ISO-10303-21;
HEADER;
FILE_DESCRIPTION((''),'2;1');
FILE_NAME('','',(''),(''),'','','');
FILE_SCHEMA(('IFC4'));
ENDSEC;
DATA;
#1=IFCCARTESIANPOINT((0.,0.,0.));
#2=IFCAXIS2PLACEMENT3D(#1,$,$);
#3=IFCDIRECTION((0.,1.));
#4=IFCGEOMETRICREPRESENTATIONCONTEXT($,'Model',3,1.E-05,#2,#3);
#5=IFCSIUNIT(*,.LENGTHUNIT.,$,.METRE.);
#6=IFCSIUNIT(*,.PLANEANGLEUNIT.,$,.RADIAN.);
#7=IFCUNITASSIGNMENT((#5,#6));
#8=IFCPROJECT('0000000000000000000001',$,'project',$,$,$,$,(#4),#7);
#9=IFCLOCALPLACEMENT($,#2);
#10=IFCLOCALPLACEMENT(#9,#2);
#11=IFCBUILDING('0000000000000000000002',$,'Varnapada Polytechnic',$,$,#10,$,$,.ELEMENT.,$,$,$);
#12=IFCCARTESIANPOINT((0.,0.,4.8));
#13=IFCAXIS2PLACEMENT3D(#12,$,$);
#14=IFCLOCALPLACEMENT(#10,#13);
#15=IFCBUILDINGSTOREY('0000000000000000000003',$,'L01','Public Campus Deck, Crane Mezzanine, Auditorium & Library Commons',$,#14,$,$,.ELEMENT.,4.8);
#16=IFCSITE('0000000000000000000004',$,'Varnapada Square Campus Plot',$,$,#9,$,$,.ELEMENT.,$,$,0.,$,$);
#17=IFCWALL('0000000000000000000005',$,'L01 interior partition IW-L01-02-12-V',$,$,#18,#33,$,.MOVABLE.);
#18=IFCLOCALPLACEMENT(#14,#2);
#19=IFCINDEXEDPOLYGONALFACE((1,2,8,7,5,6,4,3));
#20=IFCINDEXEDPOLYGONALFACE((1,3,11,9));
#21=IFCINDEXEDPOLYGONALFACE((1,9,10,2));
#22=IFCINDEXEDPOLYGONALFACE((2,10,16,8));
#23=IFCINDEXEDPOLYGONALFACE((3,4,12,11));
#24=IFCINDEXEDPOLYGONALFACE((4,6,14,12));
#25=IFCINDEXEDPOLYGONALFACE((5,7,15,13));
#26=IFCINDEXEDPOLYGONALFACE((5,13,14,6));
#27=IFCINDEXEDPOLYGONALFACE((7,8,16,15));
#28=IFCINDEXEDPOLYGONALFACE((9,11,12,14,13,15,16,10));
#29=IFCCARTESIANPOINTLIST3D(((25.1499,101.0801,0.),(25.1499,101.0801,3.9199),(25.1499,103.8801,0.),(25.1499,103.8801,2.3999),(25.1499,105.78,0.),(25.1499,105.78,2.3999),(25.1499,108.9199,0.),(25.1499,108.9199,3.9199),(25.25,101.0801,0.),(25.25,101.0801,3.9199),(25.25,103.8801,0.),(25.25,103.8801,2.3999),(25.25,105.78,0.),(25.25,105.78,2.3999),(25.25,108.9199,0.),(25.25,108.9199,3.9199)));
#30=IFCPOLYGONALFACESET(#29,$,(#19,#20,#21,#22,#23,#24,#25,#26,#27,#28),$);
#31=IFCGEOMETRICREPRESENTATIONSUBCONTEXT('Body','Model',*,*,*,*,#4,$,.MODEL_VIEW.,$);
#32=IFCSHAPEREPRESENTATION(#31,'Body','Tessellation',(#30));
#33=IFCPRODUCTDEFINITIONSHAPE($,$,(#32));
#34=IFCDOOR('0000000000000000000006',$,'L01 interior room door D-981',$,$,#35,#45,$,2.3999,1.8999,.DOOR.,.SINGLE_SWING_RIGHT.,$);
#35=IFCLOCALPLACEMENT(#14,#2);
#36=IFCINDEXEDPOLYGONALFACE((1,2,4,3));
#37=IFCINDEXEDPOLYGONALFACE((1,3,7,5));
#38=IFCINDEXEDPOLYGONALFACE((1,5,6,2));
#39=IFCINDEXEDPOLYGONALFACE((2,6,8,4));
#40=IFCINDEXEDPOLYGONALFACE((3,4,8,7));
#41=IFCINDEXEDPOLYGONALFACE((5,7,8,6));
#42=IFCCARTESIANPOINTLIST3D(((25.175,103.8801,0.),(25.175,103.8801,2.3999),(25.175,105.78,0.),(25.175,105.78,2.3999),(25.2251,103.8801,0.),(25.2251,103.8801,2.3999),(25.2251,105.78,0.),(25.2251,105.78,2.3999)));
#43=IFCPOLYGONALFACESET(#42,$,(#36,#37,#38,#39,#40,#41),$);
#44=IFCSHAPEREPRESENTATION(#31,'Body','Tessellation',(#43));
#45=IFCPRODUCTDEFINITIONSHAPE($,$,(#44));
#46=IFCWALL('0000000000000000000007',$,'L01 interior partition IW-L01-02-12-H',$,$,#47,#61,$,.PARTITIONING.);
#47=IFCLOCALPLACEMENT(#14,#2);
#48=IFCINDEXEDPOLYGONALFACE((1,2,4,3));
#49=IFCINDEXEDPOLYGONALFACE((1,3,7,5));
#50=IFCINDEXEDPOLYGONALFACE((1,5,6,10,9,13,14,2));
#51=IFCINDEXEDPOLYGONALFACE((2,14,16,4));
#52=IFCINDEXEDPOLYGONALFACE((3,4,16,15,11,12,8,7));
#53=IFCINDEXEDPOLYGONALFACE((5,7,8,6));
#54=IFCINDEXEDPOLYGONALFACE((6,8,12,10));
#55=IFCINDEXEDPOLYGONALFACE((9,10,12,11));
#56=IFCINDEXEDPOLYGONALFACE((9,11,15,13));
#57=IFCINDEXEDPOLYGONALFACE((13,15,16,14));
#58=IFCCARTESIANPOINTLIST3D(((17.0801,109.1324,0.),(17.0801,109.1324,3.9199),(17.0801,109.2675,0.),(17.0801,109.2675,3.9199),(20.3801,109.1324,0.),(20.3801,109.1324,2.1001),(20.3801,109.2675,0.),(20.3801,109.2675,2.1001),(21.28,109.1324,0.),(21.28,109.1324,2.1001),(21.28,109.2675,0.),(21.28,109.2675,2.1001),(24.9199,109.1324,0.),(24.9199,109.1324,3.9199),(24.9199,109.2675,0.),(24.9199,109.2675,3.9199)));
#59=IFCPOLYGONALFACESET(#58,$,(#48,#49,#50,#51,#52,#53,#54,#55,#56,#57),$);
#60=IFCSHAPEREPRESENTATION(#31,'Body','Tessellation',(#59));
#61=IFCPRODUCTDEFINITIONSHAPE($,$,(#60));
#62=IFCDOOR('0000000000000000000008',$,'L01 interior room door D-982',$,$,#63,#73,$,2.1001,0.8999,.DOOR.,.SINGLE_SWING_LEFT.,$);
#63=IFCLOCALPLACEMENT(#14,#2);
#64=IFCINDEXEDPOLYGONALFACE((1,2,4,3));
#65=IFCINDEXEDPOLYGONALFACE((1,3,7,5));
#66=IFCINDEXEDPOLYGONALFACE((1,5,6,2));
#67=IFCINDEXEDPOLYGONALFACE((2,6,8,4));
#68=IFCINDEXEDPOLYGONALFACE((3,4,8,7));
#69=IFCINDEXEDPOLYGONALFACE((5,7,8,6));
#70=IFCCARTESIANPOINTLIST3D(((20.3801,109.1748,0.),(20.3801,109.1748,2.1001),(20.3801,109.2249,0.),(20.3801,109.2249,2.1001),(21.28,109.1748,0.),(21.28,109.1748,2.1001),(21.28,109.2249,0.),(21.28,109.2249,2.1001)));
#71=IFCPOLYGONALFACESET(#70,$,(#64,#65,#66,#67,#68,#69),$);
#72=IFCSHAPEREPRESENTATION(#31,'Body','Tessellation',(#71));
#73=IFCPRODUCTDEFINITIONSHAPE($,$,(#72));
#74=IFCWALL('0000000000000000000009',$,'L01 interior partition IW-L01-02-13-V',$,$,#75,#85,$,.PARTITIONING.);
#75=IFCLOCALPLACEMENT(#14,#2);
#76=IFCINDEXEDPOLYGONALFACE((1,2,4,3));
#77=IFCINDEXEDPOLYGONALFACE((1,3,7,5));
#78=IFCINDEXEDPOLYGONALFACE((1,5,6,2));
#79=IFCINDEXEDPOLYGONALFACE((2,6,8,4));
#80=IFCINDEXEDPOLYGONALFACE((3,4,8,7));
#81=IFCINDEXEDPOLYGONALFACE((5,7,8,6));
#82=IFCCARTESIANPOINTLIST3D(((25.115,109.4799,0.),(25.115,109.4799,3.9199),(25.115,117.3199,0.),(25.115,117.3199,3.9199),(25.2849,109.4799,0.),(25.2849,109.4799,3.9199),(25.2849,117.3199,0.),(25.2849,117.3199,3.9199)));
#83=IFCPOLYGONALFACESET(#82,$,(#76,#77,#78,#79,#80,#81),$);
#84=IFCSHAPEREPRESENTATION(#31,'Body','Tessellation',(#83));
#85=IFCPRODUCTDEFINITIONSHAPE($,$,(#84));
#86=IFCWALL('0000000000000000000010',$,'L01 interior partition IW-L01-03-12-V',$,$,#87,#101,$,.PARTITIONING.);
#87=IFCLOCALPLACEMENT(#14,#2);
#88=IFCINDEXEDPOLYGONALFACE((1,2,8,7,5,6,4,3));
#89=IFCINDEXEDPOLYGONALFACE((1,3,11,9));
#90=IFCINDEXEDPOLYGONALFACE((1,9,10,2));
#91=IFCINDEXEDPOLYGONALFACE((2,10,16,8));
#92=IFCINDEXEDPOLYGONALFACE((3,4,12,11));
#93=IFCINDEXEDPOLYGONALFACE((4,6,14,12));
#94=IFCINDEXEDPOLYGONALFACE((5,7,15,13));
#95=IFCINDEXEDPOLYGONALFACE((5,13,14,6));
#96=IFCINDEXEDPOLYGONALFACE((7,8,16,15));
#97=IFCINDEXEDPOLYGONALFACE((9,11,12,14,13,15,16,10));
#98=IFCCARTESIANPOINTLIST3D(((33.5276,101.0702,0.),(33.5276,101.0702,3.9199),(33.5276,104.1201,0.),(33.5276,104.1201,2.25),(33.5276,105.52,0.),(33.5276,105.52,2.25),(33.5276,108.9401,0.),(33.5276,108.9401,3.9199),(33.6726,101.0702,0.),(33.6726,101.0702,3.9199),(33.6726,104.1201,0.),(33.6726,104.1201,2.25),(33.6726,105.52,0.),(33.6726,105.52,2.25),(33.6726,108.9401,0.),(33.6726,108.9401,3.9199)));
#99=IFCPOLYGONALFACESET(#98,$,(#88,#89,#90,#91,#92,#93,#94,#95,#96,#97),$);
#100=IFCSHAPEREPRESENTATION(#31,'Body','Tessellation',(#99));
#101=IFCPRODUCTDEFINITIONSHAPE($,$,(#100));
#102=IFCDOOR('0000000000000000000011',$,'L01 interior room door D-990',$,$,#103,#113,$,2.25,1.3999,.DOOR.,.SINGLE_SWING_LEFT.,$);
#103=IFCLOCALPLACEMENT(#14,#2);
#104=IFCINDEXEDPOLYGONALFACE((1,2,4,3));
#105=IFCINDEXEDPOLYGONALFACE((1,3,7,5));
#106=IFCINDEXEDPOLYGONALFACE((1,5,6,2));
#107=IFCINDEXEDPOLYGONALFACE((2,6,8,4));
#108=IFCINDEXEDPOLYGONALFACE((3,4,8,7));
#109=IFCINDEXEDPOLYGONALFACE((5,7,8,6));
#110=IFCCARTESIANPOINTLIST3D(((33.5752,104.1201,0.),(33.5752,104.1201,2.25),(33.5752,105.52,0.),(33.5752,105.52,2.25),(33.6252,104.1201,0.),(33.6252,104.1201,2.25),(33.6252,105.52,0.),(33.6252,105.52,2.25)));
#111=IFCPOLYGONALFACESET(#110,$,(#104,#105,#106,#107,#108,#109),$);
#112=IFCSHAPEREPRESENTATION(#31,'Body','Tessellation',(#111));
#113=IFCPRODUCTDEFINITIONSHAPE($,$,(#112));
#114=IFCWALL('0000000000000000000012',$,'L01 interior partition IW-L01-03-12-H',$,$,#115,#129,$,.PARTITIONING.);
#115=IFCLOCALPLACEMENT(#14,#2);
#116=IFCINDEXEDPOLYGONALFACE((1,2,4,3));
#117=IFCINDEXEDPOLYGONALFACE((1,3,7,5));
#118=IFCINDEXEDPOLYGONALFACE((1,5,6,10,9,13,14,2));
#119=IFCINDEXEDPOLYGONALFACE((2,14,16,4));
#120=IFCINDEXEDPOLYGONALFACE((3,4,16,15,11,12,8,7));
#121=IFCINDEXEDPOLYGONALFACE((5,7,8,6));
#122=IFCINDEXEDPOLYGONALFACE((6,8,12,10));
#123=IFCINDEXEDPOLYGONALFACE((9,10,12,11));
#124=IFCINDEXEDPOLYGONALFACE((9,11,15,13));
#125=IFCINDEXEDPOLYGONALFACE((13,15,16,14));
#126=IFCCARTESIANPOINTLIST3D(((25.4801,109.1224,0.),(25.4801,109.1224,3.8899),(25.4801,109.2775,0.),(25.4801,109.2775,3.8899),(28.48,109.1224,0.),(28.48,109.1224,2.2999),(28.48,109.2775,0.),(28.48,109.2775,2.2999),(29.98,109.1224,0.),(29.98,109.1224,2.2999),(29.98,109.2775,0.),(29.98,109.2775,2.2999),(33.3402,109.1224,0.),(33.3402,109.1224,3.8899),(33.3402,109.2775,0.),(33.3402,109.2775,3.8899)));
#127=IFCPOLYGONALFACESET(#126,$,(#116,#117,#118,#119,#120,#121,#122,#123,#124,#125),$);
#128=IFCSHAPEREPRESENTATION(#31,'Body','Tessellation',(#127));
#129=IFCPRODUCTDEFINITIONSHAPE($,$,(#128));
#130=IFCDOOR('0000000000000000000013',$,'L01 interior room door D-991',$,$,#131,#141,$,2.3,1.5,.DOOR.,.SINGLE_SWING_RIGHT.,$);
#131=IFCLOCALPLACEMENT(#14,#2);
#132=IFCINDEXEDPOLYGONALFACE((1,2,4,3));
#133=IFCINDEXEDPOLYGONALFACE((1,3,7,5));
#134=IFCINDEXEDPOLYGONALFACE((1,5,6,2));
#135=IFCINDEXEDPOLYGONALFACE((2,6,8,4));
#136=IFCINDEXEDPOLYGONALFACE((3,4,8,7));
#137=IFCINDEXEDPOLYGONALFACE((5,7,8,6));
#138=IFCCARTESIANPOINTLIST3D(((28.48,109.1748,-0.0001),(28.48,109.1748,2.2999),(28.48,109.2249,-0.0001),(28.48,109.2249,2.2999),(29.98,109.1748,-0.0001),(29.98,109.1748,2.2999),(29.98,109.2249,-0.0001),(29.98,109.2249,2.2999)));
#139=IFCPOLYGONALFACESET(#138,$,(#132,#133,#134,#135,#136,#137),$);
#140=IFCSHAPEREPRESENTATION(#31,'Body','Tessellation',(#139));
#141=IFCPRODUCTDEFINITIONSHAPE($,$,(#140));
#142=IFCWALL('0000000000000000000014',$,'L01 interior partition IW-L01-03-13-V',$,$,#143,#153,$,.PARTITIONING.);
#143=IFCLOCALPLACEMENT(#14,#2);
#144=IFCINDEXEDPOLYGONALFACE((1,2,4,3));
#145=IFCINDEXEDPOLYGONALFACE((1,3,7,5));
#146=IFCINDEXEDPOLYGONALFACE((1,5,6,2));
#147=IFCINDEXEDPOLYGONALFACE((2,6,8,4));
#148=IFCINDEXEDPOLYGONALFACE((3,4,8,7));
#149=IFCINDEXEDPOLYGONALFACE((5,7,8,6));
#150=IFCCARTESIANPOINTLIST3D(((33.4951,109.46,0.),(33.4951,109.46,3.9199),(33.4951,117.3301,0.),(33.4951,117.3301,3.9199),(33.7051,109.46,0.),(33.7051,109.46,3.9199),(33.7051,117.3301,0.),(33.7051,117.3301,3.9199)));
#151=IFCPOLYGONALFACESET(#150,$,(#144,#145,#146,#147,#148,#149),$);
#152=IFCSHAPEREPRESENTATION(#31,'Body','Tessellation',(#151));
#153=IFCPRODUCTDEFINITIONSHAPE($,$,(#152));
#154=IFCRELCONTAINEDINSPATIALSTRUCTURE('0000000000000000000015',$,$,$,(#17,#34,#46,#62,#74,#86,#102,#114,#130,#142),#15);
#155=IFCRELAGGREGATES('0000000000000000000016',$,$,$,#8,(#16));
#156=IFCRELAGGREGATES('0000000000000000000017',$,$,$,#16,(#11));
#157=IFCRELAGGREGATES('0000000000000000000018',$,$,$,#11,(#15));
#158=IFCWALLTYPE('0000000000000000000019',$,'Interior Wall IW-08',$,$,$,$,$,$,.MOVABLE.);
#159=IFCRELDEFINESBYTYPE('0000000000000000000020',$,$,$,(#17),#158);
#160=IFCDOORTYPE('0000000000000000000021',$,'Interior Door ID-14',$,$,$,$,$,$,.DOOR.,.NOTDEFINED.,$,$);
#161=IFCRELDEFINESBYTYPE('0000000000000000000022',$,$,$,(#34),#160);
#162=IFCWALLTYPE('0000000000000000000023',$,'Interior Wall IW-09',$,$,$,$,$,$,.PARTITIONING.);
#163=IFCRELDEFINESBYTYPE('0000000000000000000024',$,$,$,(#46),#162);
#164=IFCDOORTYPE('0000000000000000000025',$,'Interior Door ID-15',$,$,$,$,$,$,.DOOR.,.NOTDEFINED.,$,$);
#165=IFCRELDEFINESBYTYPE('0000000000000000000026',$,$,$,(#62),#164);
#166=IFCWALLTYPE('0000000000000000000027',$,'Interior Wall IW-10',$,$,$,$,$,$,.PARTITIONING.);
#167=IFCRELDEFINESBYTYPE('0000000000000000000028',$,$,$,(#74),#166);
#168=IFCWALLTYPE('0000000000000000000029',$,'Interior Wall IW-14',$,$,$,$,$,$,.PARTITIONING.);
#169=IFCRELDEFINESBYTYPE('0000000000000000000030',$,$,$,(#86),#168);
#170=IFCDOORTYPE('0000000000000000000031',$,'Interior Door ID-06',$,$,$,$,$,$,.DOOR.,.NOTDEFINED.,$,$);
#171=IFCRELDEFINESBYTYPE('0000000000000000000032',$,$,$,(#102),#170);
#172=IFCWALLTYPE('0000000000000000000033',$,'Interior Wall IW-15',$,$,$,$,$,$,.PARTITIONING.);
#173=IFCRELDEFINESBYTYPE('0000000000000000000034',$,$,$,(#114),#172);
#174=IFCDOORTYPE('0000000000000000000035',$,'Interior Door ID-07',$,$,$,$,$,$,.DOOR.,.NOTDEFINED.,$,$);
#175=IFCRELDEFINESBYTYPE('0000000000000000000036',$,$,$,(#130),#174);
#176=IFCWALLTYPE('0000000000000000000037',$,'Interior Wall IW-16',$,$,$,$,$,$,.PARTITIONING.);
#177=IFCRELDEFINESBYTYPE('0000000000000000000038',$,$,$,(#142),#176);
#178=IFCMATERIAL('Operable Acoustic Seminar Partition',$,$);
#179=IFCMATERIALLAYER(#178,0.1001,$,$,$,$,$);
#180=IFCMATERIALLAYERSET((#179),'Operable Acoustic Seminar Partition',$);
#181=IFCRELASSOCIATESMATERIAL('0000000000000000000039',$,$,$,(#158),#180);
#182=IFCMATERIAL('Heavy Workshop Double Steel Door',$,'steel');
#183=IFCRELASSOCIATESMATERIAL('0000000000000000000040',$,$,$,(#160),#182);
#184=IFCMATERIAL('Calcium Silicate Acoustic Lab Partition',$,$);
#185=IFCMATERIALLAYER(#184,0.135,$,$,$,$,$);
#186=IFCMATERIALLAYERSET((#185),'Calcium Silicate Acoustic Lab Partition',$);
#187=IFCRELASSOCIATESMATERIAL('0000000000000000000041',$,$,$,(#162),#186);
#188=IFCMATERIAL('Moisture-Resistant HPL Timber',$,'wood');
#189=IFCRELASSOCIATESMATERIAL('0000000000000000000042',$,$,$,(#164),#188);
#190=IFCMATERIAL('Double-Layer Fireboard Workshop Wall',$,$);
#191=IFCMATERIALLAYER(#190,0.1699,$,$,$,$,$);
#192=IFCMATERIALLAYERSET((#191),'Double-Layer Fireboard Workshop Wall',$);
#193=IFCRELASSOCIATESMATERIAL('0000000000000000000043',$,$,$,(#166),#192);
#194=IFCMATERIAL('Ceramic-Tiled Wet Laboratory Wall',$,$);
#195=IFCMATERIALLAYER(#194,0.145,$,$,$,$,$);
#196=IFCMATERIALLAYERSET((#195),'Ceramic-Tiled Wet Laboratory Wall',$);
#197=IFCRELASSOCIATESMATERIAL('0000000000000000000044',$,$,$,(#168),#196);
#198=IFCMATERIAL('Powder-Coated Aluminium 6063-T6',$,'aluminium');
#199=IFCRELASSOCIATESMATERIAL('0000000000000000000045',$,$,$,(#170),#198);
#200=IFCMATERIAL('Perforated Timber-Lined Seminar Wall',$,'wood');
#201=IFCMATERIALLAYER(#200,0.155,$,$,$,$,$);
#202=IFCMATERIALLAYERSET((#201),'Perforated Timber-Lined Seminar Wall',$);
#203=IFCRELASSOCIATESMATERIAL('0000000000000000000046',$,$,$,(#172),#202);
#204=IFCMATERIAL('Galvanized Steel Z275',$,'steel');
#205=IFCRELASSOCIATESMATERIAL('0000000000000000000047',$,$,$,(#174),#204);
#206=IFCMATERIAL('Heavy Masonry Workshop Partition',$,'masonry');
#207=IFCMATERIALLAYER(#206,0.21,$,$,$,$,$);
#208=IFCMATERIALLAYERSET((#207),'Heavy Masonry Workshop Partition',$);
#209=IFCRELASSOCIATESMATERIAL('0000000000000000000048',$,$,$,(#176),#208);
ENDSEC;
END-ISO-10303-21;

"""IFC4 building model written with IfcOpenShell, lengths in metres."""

from ifc_helpers import new_model, si_unit, direction, frame, frame_2d, origin, place, context, subcontext, project, spatial, rectangle, extrude, material, layer, layer_set, type_object, element, fill, save


model = new_model("IFC4")

# Units and contexts
model_context = context("Model", 3, precision=1e-05, world=origin(), true_north=direction((0.0, 1.0)))
body_context = subcontext(model_context, "Body", "Model", "MODEL_VIEW")
ifc_project = project(units=[si_unit("LENGTHUNIT", "METRE"), si_unit("PLANEANGLEUNIT", "RADIAN")], contexts=[model_context])

# Site, building, storey
site_placement = place(None, origin())
site = spatial("IfcSite", under=ifc_project, at=site_placement, Name="Varnapada Square Campus Plot", CompositionType="ELEMENT", RefElevation=0.0)
building_placement = place(site_placement, origin())
building = spatial("IfcBuilding", under=site, at=building_placement, Name="Varnapada Polytechnic", CompositionType="ELEMENT")
storey_placement = place(building_placement, frame((0.0, 0.0, 4.8)))
storey = spatial("IfcBuildingStorey", under=building, at=storey_placement, Name="L01", Description="Public Campus Deck, Crane Mezzanine, Auditorium & Library Commons", CompositionType="ELEMENT", Elevation=4.8)

# Walls, openings, doors
ifc_material_1 = material(Name="Operable Acoustic Seminar Partition")
ifc_layer_1 = layer(ifc_material_1, 0.1001)
ifc_layer_set_1 = layer_set([ifc_layer_1], Name="Operable Acoustic Seminar Partition")
wall_type_1 = type_object("IfcWallType", Name="Interior Wall IW-08", PredefinedType="MOVABLE", material=ifc_layer_set_1)
wall_1_placement = place(storey_placement, frame((25.2, 101.0801, 0.0), z_axis=(0.0, 0.0, 1.0), x_axis=(0.0, 1.0, 0.0)))
wall_1 = element("IfcWall", 1, at=wall_1_placement, inside=storey, type_object=wall_type_1, Name="L01 interior partition IW-L01-02-12-V", PredefinedType="MOVABLE", context=body_context, shape_type="SweptSolid", body=[
    extrude(rectangle(XDim=7.8398, YDim=0.1001, at=frame_2d((3.9199, 0.0))), origin(), (0.0, 0.0, 1.0), 3.9199),
])
opening_1_placement = place(wall_1_placement, frame((2.8, 0.0, 0.0)))
opening_1 = element("IfcOpeningElement", 2, at=opening_1_placement, cuts=wall_1, PredefinedType="OPENING", context=body_context, shape_type="SweptSolid", body=[
    extrude(rectangle(XDim=1.8999, YDim=2.3999, at=frame_2d((0.95, 1.2))), frame((0.0, 0.0601, 0.0), z_axis=(0.0, -1.0, 0.0), x_axis=(1.0, 0.0, 0.0)), (0.0, 0.0, 1.0), 0.1201),
])
ifc_material_2 = material(Name="Heavy Workshop Double Steel Door", Category="steel")
door_type_1 = type_object("IfcDoorType", Name="Interior Door ID-14", OperationType="NOTDEFINED", PredefinedType="DOOR", material=ifc_material_2)
door_1_placement = place(opening_1_placement, origin())
door_1 = element("IfcDoor", 3, at=door_1_placement, inside=storey, type_object=door_type_1, Name="L01 interior room door D-981", OperationType="SINGLE_SWING_RIGHT", OverallHeight=2.3999, OverallWidth=1.8999, PredefinedType="DOOR", context=body_context, shape_type="SweptSolid", body=[
    extrude(rectangle(XDim=1.8999, YDim=2.3999, at=frame_2d((0.95, 1.2))), frame((0.0, 0.0249, 0.0), z_axis=(0.0, -1.0, 0.0), x_axis=(1.0, 0.0, 0.0)), (0.0, 0.0, 1.0), 0.05),
])
fill(opening_1, door_1)
ifc_material_3 = material(Name="Calcium Silicate Acoustic Lab Partition")
ifc_layer_2 = layer(ifc_material_3, 0.135)
ifc_layer_set_2 = layer_set([ifc_layer_2], Name="Calcium Silicate Acoustic Lab Partition")
wall_type_2 = type_object("IfcWallType", Name="Interior Wall IW-09", PredefinedType="PARTITIONING", material=ifc_layer_set_2)
wall_2_placement = place(storey_placement, frame((17.0801, 109.2, 0.0), z_axis=(0.0, 0.0, 1.0), x_axis=(1.0, 0.0, 0.0)))
wall_2 = element("IfcWall", 4, at=wall_2_placement, inside=storey, type_object=wall_type_2, Name="L01 interior partition IW-L01-02-12-H", PredefinedType="PARTITIONING", context=body_context, shape_type="SweptSolid", body=[
    extrude(rectangle(XDim=7.8398, YDim=0.135, at=frame_2d((3.9199, 0.0))), origin(), (0.0, 0.0, 1.0), 3.9199),
])
opening_2_placement = place(wall_2_placement, frame((3.3, 0.0, 0.0)))
opening_2 = element("IfcOpeningElement", 5, at=opening_2_placement, cuts=wall_2, PredefinedType="OPENING", context=body_context, shape_type="SweptSolid", body=[
    extrude(rectangle(XDim=0.8999, YDim=2.1001, at=frame_2d((0.45, 1.05))), frame((0.0, 0.0774, 0.0), z_axis=(0.0, -1.0, 0.0), x_axis=(1.0, 0.0, 0.0)), (0.0, 0.0, 1.0), 0.155),
])
ifc_material_4 = material(Name="Moisture-Resistant HPL Timber", Category="wood")
door_type_2 = type_object("IfcDoorType", Name="Interior Door ID-15", OperationType="NOTDEFINED", PredefinedType="DOOR", material=ifc_material_4)
door_2_placement = place(opening_2_placement, origin())
door_2 = element("IfcDoor", 6, at=door_2_placement, inside=storey, type_object=door_type_2, Name="L01 interior room door D-982", OperationType="SINGLE_SWING_LEFT", OverallHeight=2.1001, OverallWidth=0.8999, PredefinedType="DOOR", context=body_context, shape_type="SweptSolid", body=[
    extrude(rectangle(XDim=0.8999, YDim=2.1001, at=frame_2d((0.45, 1.05))), frame((0.0, 0.0249, 0.0), z_axis=(0.0, -1.0, 0.0), x_axis=(1.0, 0.0, 0.0)), (0.0, 0.0, 1.0), 0.05),
])
fill(opening_2, door_2)

# Wall
ifc_material_5 = material(Name="Double-Layer Fireboard Workshop Wall")
ifc_layer_3 = layer(ifc_material_5, 0.1699)
ifc_layer_set_3 = layer_set([ifc_layer_3], Name="Double-Layer Fireboard Workshop Wall")
wall_type_3 = type_object("IfcWallType", Name="Interior Wall IW-10", PredefinedType="PARTITIONING", material=ifc_layer_set_3)
wall_3_placement = place(storey_placement, frame((25.2, 109.48, 0.0), z_axis=(0.0, 0.0, 1.0), x_axis=(0.0, 1.0, 0.0)))
element("IfcWall", 7, at=wall_3_placement, inside=storey, type_object=wall_type_3, Name="L01 interior partition IW-L01-02-13-V", PredefinedType="PARTITIONING", context=body_context, shape_type="SweptSolid", body=[
    extrude(rectangle(XDim=7.8401, YDim=0.1699, at=frame_2d((3.9199, 0.0))), origin(), (0.0, 0.0, 1.0), 3.9199),
])

# Walls, openings, doors
ifc_material_6 = material(Name="Ceramic-Tiled Wet Laboratory Wall")
ifc_layer_4 = layer(ifc_material_6, 0.145)
ifc_layer_set_4 = layer_set([ifc_layer_4], Name="Ceramic-Tiled Wet Laboratory Wall")
wall_type_4 = type_object("IfcWallType", Name="Interior Wall IW-14", PredefinedType="PARTITIONING", material=ifc_layer_set_4)
wall_4_placement = place(storey_placement, frame((33.6001, 101.0701, 0.0), z_axis=(0.0, 0.0, 1.0), x_axis=(0.0, 1.0, 0.0)))
wall_4 = element("IfcWall", 8, at=wall_4_placement, inside=storey, type_object=wall_type_4, Name="L01 interior partition IW-L01-03-12-V", PredefinedType="PARTITIONING", context=body_context, shape_type="SweptSolid", body=[
    extrude(rectangle(XDim=7.8699, YDim=0.145, at=frame_2d((3.9351, 0.0))), origin(), (0.0, 0.0, 1.0), 3.9199),
])
opening_3_placement = place(wall_4_placement, frame((3.05, 0.0, 0.0)))
opening_3 = element("IfcOpeningElement", 9, at=opening_3_placement, cuts=wall_4, PredefinedType="OPENING", context=body_context, shape_type="SweptSolid", body=[
    extrude(rectangle(XDim=1.3999, YDim=2.25, at=frame_2d((0.7, 1.125))), frame((0.0, 0.0825, 0.0), z_axis=(0.0, -1.0, 0.0), x_axis=(1.0, 0.0, 0.0)), (0.0, 0.0, 1.0), 0.165),
])
ifc_material_7 = material(Name="Powder-Coated Aluminium 6063-T6", Category="aluminium")
door_type_3 = type_object("IfcDoorType", Name="Interior Door ID-06", OperationType="NOTDEFINED", PredefinedType="DOOR", material=ifc_material_7)
door_3_placement = place(opening_3_placement, origin())
door_3 = element("IfcDoor", 10, at=door_3_placement, inside=storey, type_object=door_type_3, Name="L01 interior room door D-990", OperationType="SINGLE_SWING_LEFT", OverallHeight=2.25, OverallWidth=1.3999, PredefinedType="DOOR", context=body_context, shape_type="SweptSolid", body=[
    extrude(rectangle(XDim=1.3999, YDim=2.25, at=frame_2d((0.7, 1.125))), frame((0.0, 0.0249, 0.0), z_axis=(0.0, -1.0, 0.0), x_axis=(1.0, 0.0, 0.0)), (0.0, 0.0, 1.0), 0.05),
])
fill(opening_3, door_3)
ifc_material_8 = material(Name="Perforated Timber-Lined Seminar Wall", Category="wood")
ifc_layer_5 = layer(ifc_material_8, 0.155)
ifc_layer_set_5 = layer_set([ifc_layer_5], Name="Perforated Timber-Lined Seminar Wall")
wall_type_5 = type_object("IfcWallType", Name="Interior Wall IW-15", PredefinedType="PARTITIONING", material=ifc_layer_set_5)
wall_5_placement = place(storey_placement, frame((25.48, 109.2, 0.0), z_axis=(0.0, 0.0, 1.0), x_axis=(1.0, 0.0, 0.0)))
wall_5 = element("IfcWall", 11, at=wall_5_placement, inside=storey, type_object=wall_type_5, Name="L01 interior partition IW-L01-03-12-H", PredefinedType="PARTITIONING", context=body_context, shape_type="SweptSolid", body=[
    extrude(rectangle(XDim=7.8601, YDim=0.155, at=frame_2d((3.9302, 0.0))), origin(), (0.0, 0.0, 1.0), 3.8899),
])
opening_4_placement = place(wall_5_placement, frame((3.0, 0.0, 0.0)))
opening_4 = element("IfcOpeningElement", 12, at=opening_4_placement, cuts=wall_5, PredefinedType="OPENING", context=body_context, shape_type="SweptSolid", body=[
    extrude(rectangle(XDim=1.5, YDim=2.3, at=frame_2d((0.75, 1.1499))), frame((0.0, 0.0874, 0.0), z_axis=(0.0, -1.0, 0.0), x_axis=(1.0, 0.0, 0.0)), (0.0, 0.0, 1.0), 0.175),
])
ifc_material_9 = material(Name="Galvanized Steel Z275", Category="steel")
door_type_4 = type_object("IfcDoorType", Name="Interior Door ID-07", OperationType="NOTDEFINED", PredefinedType="DOOR", material=ifc_material_9)
door_4_placement = place(opening_4_placement, origin())
door_4 = element("IfcDoor", 13, at=door_4_placement, inside=storey, type_object=door_type_4, Name="L01 interior room door D-991", OperationType="SINGLE_SWING_RIGHT", OverallHeight=2.3, OverallWidth=1.5, PredefinedType="DOOR", context=body_context, shape_type="SweptSolid", body=[
    extrude(rectangle(XDim=1.5, YDim=2.3, at=frame_2d((0.75, 1.1499))), frame((0.0, 0.0249, 0.0), z_axis=(0.0, -1.0, 0.0), x_axis=(1.0, 0.0, 0.0)), (0.0, 0.0, 1.0), 0.05),
])
fill(opening_4, door_4)

# Wall
ifc_material_10 = material(Name="Heavy Masonry Workshop Partition", Category="masonry")
ifc_layer_6 = layer(ifc_material_10, 0.21)
ifc_layer_set_6 = layer_set([ifc_layer_6], Name="Heavy Masonry Workshop Partition")
wall_type_6 = type_object("IfcWallType", Name="Interior Wall IW-16", PredefinedType="PARTITIONING", material=ifc_layer_set_6)
wall_6_placement = place(storey_placement, frame((33.6001, 109.46, 0.0), z_axis=(0.0, 0.0, 1.0), x_axis=(0.0, 1.0, 0.0)))
element("IfcWall", 14, at=wall_6_placement, inside=storey, type_object=wall_type_6, Name="L01 interior partition IW-L01-03-13-V", PredefinedType="PARTITIONING", context=body_context, shape_type="SweptSolid", body=[
    extrude(rectangle(XDim=7.8701, YDim=0.21, at=frame_2d((3.9351, 0.0))), origin(), (0.0, 0.0, 1.0), 3.9199),
])

save(model, "model.ifc")
